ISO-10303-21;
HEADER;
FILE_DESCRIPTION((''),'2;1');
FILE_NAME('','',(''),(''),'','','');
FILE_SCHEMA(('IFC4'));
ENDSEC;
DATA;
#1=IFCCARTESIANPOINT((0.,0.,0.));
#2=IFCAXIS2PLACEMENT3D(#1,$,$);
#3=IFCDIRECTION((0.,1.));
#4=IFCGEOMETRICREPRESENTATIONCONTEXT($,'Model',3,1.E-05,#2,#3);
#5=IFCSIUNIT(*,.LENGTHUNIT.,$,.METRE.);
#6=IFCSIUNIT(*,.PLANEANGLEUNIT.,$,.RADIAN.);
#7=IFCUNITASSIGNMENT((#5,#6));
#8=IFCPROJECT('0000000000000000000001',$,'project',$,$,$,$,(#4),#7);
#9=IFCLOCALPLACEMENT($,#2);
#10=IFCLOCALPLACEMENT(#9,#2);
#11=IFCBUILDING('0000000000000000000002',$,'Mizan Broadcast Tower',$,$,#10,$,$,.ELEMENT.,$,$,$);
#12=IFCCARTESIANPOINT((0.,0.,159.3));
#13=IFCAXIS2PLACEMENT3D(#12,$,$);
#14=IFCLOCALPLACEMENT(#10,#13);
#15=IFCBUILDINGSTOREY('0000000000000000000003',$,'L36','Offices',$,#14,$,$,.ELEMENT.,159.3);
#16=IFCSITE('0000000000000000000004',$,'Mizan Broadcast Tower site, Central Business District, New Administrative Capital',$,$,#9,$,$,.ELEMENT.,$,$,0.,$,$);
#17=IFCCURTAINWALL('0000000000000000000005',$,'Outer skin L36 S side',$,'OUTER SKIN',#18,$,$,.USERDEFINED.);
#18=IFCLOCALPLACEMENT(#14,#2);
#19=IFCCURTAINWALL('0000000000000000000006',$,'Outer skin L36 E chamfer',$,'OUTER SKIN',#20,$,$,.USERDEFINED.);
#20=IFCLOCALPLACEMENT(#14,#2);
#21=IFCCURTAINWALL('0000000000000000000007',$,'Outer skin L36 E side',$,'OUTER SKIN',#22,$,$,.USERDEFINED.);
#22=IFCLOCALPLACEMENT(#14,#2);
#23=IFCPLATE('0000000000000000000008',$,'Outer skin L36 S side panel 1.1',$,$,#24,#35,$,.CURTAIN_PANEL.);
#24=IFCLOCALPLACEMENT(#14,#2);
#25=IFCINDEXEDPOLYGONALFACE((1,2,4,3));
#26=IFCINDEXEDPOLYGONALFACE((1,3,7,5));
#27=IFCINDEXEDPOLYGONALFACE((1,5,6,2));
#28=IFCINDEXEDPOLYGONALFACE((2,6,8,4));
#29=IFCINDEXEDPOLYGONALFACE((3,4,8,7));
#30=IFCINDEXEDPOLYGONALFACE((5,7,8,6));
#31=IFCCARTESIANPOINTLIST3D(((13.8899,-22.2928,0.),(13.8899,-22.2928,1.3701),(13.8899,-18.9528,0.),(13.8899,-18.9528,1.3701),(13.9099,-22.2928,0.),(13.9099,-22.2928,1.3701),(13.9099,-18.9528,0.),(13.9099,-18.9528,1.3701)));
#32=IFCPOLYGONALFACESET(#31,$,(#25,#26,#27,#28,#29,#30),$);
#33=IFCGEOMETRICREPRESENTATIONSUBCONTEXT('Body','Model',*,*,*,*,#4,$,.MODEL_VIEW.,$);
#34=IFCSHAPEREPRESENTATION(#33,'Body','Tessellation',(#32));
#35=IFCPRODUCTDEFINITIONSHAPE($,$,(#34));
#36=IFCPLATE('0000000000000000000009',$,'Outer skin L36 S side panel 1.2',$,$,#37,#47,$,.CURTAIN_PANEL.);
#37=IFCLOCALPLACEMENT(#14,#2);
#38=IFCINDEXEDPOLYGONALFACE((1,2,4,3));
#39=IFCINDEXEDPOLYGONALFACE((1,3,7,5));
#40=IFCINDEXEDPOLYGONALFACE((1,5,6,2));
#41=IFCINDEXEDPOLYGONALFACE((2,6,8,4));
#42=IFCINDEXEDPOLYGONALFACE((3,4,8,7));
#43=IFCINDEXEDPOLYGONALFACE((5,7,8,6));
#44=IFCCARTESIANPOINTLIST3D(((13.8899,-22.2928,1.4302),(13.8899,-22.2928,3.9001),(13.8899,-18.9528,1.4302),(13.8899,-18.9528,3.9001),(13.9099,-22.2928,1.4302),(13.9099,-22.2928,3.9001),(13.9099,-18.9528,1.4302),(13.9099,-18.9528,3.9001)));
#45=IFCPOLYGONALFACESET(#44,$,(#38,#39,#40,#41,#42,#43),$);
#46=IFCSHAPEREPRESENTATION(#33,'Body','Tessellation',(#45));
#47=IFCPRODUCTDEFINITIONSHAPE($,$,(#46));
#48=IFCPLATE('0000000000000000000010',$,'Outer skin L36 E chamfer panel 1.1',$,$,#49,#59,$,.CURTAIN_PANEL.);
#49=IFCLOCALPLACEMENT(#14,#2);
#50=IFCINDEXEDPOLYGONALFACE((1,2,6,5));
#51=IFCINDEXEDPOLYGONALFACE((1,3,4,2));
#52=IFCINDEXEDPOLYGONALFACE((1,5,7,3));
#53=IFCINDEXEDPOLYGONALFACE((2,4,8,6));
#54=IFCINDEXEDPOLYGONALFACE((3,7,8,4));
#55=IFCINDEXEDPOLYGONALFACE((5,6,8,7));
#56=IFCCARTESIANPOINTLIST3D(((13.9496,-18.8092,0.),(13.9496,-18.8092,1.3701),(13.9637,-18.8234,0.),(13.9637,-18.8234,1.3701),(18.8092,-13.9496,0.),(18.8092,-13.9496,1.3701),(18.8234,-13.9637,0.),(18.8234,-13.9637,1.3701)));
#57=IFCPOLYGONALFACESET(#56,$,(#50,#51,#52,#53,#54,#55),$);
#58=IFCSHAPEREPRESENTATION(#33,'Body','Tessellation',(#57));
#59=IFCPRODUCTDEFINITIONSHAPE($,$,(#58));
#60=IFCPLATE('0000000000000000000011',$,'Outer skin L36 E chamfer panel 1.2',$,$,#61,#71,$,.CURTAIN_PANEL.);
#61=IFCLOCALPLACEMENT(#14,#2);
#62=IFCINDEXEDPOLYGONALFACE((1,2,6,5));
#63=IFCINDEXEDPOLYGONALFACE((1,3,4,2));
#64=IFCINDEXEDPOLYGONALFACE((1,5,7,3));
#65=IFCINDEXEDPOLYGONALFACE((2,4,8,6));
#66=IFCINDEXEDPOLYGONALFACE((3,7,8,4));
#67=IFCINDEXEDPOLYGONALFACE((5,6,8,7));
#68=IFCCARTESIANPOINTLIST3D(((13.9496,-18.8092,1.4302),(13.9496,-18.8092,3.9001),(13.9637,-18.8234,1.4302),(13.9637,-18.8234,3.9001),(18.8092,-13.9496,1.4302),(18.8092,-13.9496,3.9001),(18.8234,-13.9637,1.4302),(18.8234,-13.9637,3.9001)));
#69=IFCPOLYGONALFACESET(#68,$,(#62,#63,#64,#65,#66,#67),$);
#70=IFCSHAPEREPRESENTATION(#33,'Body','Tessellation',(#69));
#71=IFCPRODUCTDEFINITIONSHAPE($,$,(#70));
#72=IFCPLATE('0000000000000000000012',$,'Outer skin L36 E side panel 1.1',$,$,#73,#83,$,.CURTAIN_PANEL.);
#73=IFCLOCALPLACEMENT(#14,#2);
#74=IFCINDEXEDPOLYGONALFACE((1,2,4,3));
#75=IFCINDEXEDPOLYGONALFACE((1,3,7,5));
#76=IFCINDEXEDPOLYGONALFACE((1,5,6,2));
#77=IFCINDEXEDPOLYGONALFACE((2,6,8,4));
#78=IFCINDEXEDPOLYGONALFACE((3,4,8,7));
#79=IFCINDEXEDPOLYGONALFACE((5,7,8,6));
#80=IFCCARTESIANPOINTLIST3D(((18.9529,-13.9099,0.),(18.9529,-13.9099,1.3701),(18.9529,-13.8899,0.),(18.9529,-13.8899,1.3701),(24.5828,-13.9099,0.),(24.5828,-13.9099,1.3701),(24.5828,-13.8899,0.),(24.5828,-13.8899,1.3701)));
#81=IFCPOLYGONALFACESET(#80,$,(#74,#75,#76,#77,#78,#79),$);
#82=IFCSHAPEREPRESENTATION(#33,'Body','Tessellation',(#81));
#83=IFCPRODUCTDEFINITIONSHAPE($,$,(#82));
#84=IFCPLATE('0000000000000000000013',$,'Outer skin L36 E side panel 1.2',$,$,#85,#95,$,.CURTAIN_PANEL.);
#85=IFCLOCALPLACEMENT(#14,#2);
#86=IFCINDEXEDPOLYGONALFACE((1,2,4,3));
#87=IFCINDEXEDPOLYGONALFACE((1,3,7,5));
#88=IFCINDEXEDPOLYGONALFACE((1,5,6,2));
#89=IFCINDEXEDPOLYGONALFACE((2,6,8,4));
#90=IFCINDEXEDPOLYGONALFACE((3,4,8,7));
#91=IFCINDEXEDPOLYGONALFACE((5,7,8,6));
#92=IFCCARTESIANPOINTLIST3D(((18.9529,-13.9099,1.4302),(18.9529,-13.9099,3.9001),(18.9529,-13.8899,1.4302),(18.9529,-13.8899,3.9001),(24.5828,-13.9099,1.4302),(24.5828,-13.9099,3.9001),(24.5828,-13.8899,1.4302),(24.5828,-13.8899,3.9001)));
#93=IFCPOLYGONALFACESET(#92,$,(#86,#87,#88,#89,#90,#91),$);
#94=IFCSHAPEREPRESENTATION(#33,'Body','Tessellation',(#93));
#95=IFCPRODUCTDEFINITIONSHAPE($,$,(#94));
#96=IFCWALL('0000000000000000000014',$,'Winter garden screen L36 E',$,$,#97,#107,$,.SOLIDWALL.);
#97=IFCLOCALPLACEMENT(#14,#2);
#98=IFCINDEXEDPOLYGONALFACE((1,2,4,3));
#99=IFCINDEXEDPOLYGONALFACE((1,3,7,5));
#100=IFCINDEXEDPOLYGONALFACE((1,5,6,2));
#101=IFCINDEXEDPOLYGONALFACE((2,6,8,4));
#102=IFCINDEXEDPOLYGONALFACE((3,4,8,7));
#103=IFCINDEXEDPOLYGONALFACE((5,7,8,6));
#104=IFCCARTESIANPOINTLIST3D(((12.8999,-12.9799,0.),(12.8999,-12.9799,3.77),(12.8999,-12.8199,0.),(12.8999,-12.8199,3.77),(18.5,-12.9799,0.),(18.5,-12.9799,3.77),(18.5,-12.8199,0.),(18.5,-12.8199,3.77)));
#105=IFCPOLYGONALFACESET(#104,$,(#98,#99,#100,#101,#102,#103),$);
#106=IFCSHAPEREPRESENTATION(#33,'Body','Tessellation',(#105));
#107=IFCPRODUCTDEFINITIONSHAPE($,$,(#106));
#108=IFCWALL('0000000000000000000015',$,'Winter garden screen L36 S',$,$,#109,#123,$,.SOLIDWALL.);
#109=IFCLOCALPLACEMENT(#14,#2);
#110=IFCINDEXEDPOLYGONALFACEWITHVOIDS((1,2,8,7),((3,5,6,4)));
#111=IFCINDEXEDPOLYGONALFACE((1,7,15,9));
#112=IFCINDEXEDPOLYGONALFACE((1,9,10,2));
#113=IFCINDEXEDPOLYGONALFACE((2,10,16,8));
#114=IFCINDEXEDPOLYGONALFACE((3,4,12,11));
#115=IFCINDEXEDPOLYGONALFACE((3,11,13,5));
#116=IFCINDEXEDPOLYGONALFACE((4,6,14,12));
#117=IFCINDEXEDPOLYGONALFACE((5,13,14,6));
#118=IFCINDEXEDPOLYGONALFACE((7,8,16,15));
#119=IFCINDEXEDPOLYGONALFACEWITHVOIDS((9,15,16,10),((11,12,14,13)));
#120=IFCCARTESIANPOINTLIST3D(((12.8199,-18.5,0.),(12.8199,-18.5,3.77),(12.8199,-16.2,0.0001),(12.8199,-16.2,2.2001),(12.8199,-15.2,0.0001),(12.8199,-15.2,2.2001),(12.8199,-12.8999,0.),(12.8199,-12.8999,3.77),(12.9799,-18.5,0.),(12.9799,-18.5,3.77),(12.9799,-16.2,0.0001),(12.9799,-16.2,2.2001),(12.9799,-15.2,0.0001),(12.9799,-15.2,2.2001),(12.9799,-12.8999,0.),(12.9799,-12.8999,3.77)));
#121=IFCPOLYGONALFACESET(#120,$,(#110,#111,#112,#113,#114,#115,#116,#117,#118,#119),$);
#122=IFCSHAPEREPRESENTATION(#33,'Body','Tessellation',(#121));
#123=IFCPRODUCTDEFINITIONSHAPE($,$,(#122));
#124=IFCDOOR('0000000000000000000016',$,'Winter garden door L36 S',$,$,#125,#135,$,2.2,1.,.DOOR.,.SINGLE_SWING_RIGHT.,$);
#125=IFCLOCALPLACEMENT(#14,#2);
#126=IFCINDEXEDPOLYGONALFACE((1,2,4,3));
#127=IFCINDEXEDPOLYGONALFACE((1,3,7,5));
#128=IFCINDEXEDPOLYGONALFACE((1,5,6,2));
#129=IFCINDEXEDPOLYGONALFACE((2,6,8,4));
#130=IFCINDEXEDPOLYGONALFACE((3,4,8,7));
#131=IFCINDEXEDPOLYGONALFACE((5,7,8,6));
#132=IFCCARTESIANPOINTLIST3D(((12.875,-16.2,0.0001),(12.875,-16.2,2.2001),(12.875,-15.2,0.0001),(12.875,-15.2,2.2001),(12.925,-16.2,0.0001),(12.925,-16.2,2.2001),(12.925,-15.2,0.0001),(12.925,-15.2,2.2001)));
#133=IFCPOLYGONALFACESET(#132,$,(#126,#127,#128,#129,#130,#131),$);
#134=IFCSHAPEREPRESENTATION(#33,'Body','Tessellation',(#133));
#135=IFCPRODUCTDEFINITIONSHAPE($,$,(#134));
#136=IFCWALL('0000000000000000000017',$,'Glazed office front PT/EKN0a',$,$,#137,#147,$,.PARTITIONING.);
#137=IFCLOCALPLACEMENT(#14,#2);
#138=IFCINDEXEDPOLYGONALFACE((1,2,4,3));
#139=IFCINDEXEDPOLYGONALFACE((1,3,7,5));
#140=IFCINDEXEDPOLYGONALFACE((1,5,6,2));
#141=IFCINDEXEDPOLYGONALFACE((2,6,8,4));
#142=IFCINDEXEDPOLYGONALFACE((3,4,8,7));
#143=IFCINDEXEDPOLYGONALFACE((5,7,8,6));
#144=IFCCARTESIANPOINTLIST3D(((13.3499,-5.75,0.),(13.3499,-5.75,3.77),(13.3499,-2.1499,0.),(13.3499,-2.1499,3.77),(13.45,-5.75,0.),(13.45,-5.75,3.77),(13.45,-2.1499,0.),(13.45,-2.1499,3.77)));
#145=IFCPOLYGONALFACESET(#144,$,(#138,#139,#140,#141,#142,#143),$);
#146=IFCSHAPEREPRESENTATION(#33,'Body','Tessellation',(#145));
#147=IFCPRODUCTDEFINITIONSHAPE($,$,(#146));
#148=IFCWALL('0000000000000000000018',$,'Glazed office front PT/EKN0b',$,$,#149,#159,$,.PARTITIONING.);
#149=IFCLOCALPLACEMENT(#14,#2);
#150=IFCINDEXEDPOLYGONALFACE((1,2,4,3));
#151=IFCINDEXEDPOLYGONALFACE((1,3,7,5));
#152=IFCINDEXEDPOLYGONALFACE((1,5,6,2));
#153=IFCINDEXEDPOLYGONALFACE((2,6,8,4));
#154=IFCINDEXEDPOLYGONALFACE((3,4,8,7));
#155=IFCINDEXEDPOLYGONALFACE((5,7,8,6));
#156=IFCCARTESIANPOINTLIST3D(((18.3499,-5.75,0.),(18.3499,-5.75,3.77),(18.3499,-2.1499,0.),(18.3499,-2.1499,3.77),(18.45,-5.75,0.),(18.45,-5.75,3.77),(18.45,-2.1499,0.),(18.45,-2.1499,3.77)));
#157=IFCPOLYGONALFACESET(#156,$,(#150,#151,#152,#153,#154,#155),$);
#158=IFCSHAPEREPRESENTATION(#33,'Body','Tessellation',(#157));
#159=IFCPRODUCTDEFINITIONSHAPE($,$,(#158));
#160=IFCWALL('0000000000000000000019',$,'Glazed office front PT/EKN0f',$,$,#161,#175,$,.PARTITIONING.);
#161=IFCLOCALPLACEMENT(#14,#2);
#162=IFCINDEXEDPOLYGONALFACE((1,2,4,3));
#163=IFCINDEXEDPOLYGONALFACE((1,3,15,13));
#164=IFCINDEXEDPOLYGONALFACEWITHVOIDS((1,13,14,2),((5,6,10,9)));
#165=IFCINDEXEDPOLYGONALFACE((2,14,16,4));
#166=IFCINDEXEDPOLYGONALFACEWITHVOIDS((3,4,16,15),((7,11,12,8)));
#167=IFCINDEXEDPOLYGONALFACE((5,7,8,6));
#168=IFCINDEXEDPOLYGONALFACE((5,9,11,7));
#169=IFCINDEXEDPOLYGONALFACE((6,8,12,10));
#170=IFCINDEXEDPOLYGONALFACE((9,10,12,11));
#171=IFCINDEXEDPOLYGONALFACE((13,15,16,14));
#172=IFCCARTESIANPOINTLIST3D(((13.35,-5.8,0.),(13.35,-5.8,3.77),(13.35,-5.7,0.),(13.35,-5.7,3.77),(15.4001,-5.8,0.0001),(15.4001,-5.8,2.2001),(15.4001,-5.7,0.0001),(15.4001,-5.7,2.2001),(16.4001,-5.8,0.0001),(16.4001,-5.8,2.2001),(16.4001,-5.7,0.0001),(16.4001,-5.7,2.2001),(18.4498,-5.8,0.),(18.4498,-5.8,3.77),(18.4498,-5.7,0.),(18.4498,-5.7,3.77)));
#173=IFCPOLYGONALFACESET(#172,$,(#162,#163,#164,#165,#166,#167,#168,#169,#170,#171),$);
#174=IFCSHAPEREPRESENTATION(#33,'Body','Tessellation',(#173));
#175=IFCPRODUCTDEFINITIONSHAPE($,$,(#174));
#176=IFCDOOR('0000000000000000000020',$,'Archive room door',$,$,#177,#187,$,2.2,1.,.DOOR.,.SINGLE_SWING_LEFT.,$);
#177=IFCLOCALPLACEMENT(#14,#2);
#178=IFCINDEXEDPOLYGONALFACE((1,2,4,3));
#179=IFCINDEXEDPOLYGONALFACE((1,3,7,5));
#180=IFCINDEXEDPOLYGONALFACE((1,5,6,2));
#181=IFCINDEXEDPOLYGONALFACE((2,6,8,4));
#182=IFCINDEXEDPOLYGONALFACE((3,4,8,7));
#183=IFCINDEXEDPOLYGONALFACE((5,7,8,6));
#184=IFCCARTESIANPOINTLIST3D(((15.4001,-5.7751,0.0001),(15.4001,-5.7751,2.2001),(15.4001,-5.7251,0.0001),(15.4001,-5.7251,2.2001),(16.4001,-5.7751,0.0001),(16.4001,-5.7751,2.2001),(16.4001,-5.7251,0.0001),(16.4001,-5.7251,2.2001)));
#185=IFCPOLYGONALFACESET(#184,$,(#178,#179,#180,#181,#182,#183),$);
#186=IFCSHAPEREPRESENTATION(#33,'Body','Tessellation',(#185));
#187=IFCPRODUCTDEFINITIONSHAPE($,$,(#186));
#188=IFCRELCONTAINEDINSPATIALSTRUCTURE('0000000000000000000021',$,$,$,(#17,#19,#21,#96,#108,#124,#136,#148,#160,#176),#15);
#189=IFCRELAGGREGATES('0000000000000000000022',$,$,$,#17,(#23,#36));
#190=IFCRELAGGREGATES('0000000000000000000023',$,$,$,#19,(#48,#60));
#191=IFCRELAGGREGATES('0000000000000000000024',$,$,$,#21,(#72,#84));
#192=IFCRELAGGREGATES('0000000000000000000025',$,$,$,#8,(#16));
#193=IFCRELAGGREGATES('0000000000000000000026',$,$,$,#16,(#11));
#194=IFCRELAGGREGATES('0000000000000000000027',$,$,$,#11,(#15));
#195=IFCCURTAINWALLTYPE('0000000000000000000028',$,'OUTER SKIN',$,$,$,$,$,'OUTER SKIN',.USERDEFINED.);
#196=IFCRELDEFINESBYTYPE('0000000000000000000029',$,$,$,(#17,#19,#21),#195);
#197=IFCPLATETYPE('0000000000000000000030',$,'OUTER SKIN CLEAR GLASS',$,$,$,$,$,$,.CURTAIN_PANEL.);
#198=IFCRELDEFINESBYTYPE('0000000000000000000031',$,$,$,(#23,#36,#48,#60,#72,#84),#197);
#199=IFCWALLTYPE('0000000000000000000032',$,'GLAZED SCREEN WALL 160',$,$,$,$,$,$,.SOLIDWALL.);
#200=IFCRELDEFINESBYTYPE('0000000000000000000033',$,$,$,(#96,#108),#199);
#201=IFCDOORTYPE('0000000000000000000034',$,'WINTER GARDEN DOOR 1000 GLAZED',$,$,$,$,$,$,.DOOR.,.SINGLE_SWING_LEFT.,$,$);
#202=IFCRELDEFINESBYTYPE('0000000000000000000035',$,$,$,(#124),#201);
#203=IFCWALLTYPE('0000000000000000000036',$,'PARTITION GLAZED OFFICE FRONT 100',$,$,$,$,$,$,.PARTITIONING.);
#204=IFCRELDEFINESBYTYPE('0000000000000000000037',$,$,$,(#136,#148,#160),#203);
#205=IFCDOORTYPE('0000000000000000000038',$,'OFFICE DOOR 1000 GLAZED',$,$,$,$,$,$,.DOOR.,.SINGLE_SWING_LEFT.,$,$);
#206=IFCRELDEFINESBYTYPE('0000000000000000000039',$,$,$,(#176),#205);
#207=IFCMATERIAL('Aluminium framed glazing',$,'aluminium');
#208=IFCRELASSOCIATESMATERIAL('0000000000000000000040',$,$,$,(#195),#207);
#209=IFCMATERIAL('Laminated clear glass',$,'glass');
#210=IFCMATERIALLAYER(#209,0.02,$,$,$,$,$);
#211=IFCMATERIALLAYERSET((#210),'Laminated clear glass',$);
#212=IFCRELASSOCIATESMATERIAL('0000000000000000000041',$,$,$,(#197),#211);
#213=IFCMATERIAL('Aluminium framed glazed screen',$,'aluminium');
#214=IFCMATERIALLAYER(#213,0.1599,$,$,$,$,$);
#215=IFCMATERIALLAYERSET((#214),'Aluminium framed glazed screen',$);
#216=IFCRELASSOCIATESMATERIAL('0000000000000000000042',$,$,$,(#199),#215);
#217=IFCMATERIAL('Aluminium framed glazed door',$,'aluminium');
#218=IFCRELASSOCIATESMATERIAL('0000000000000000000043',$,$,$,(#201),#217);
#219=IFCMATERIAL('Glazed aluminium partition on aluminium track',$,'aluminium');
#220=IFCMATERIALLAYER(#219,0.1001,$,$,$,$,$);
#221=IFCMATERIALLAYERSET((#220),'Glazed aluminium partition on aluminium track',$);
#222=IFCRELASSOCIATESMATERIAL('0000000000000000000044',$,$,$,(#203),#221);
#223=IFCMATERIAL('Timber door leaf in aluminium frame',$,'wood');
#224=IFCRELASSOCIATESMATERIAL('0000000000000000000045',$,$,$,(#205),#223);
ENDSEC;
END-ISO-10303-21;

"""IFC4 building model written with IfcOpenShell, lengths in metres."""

from ifc_helpers import new_model, si_unit, direction, frame, frame_2d, origin, origin_2d, place, context, subcontext, project, spatial, rectangle, extrude, material, layer, layer_set, type_object, element, fill, aggregate, save


model = new_model("IFC4")

# Units and contexts
model_context = context("Model", 3, precision=1e-05, world=origin(), true_north=direction((0.0, 1.0)))
body_context = subcontext(model_context, "Body", "Model", "MODEL_VIEW")
ifc_project = project(units=[si_unit("LENGTHUNIT", "METRE"), si_unit("PLANEANGLEUNIT", "RADIAN")], contexts=[model_context])

# Site, building, storey
site_placement = place(None, origin())
site = spatial("IfcSite", under=ifc_project, at=site_placement, Name="Mizan Broadcast Tower site, Central Business District, New Administrative Capital", CompositionType="ELEMENT", RefElevation=0.0)
building_placement = place(site_placement, origin())
building = spatial("IfcBuilding", under=site, at=building_placement, Name="Mizan Broadcast Tower", CompositionType="ELEMENT")
storey_placement = place(building_placement, frame((0.0, 0.0, 159.3)))
storey = spatial("IfcBuildingStorey", under=building, at=storey_placement, Name="L36", Description="Offices", CompositionType="ELEMENT", Elevation=159.3)

# Curtain walls
ifc_material_1 = material(Name="Aluminium framed glazing", Category="aluminium")
curtain_wall_type_1 = type_object("IfcCurtainWallType", Name="OUTER SKIN", ElementType="OUTER SKIN", PredefinedType="USERDEFINED", material=ifc_material_1)
curtain_wall_1_placement = place(storey_placement, origin())
curtain_wall_1 = element("IfcCurtainWall", 1, at=curtain_wall_1_placement, inside=storey, type_object=curtain_wall_type_1, Name="Outer skin L36 S side", ObjectType="OUTER SKIN", PredefinedType="USERDEFINED")
curtain_wall_2_placement = place(storey_placement, origin())
curtain_wall_2 = element("IfcCurtainWall", 2, at=curtain_wall_2_placement, inside=storey, type_object=curtain_wall_type_1, Name="Outer skin L36 E chamfer", ObjectType="OUTER SKIN", PredefinedType="USERDEFINED")
curtain_wall_3_placement = place(storey_placement, origin())
curtain_wall_3 = element("IfcCurtainWall", 3, at=curtain_wall_3_placement, inside=storey, type_object=curtain_wall_type_1, Name="Outer skin L36 E side", ObjectType="OUTER SKIN", PredefinedType="USERDEFINED")

# Plates
ifc_material_2 = material(Name="Laminated clear glass", Category="glass")
ifc_layer_1 = layer(ifc_material_2, 0.02)
ifc_layer_set_1 = layer_set([ifc_layer_1], Name="Laminated clear glass")
plate_type_1 = type_object("IfcPlateType", Name="OUTER SKIN CLEAR GLASS", PredefinedType="CURTAIN_PANEL", material=ifc_layer_set_1)
plate_1_placement = place(storey_placement, frame((13.8999, -20.6228, 0.0), z_axis=(0.0, 0.0, 1.0), x_axis=(0.0, 1.0, 0.0)))
plate_1 = element("IfcPlate", 4, at=plate_1_placement, type_object=plate_type_1, Name="Outer skin L36 S side panel 1.1", PredefinedType="CURTAIN_PANEL", context=body_context, shape_type="SweptSolid", body=[
    extrude(rectangle(XDim=3.3401, YDim=0.02, at=origin_2d()), origin(), (0.0, 0.0, 1.0), 1.3701),
])
plate_2_placement = place(storey_placement, frame((13.8999, -20.6228, 1.4302), z_axis=(0.0, 0.0, 1.0), x_axis=(0.0, 1.0, 0.0)))
plate_2 = element("IfcPlate", 5, at=plate_2_placement, type_object=plate_type_1, Name="Outer skin L36 S side panel 1.2", PredefinedType="CURTAIN_PANEL", context=body_context, shape_type="SweptSolid", body=[
    extrude(rectangle(XDim=3.3401, YDim=0.02, at=origin_2d()), origin(), (0.0, 0.0, 1.0), 2.47),
])
aggregate(curtain_wall_1, [plate_1, plate_2])
plate_3_placement = place(storey_placement, frame((16.3865, -16.3865, 0.0), z_axis=(0.0, 0.0, 1.0), x_axis=(0.707107, 0.707107, 0.0)))
plate_3 = element("IfcPlate", 6, at=plate_3_placement, type_object=plate_type_1, Name="Outer skin L36 E chamfer panel 1.1", PredefinedType="CURTAIN_PANEL", context=body_context, shape_type="SweptSolid", body=[
    extrude(rectangle(XDim=6.8726, YDim=0.02, at=origin_2d()), origin(), (0.0, 0.0, 1.0), 1.3701),
])
plate_4_placement = place(storey_placement, frame((16.3865, -16.3865, 1.4302), z_axis=(0.0, 0.0, 1.0), x_axis=(0.707107, 0.707107, 0.0)))
plate_4 = element("IfcPlate", 7, at=plate_4_placement, type_object=plate_type_1, Name="Outer skin L36 E chamfer panel 1.2", PredefinedType="CURTAIN_PANEL", context=body_context, shape_type="SweptSolid", body=[
    extrude(rectangle(XDim=6.8726, YDim=0.02, at=origin_2d()), origin(), (0.0, 0.0, 1.0), 2.47),
])
aggregate(curtain_wall_2, [plate_3, plate_4])
plate_5_placement = place(storey_placement, frame((21.7678, -13.8999, 0.0), z_axis=(0.0, 0.0, 1.0), x_axis=(1.0, 0.0, 0.0)))
plate_5 = element("IfcPlate", 8, at=plate_5_placement, type_object=plate_type_1, Name="Outer skin L36 E side panel 1.1", PredefinedType="CURTAIN_PANEL", context=body_context, shape_type="SweptSolid", body=[
    extrude(rectangle(XDim=5.6299, YDim=0.02, at=origin_2d()), origin(), (0.0, 0.0, 1.0), 1.3701),
])
plate_6_placement = place(storey_placement, frame((21.7678, -13.8999, 1.4302), z_axis=(0.0, 0.0, 1.0), x_axis=(1.0, 0.0, 0.0)))
plate_6 = element("IfcPlate", 9, at=plate_6_placement, type_object=plate_type_1, Name="Outer skin L36 E side panel 1.2", PredefinedType="CURTAIN_PANEL", context=body_context, shape_type="SweptSolid", body=[
    extrude(rectangle(XDim=5.6299, YDim=0.02, at=origin_2d()), origin(), (0.0, 0.0, 1.0), 2.47),
])
aggregate(curtain_wall_3, [plate_5, plate_6])

# Wall
ifc_material_3 = material(Name="Aluminium framed glazed screen", Category="aluminium")
ifc_layer_2 = layer(ifc_material_3, 0.1599)
ifc_layer_set_2 = layer_set([ifc_layer_2], Name="Aluminium framed glazed screen")
wall_type_1 = type_object("IfcWallType", Name="GLAZED SCREEN WALL 160", PredefinedType="SOLIDWALL", material=ifc_layer_set_2)
wall_1_placement = place(storey_placement, frame((12.8999, -12.8999, 0.0), z_axis=(0.0, 0.0, 1.0), x_axis=(1.0, 0.0, 0.0)))
element("IfcWall", 10, at=wall_1_placement, inside=storey, type_object=wall_type_1, Name="Winter garden screen L36 E", PredefinedType="SOLIDWALL", context=body_context, shape_type="SweptSolid", body=[
    extrude(rectangle(XDim=5.6001, YDim=0.1599, at=frame_2d((2.8, 0.0))), origin(), (0.0, 0.0, 1.0), 3.77),
])

# Wall, opening, door
wall_2_placement = place(storey_placement, frame((12.8999, -18.5, 0.0), z_axis=(0.0, 0.0, 1.0), x_axis=(0.0, 1.0, 0.0)))
wall_2 = element("IfcWall", 11, at=wall_2_placement, inside=storey, type_object=wall_type_1, Name="Winter garden screen L36 S", PredefinedType="SOLIDWALL", context=body_context, shape_type="SweptSolid", body=[
    extrude(rectangle(XDim=5.6001, YDim=0.1599, at=frame_2d((2.8, 0.0))), origin(), (0.0, 0.0, 1.0), 3.77),
])
opening_1_placement = place(wall_2_placement, frame((2.3, 0.0, 0.0)))
opening_1 = element("IfcOpeningElement", 12, at=opening_1_placement, cuts=wall_2, PredefinedType="OPENING", context=body_context, shape_type="SweptSolid", body=[
    extrude(rectangle(XDim=1.0, YDim=2.2, at=frame_2d((0.5, 1.1001))), frame((0.0, 0.0898, 0.0), z_axis=(0.0, -1.0, 0.0), x_axis=(1.0, 0.0, 0.0)), (0.0, 0.0, 1.0), 0.1799),
])
ifc_material_4 = material(Name="Aluminium framed glazed door", Category="aluminium")
door_type_1 = type_object("IfcDoorType", Name="WINTER GARDEN DOOR 1000 GLAZED", OperationType="SINGLE_SWING_LEFT", PredefinedType="DOOR", material=ifc_material_4)
door_1_placement = place(opening_1_placement, origin())
door_1 = element("IfcDoor", 13, at=door_1_placement, inside=storey, type_object=door_type_1, Name="Winter garden door L36 S", OperationType="SINGLE_SWING_RIGHT", OverallHeight=2.2, OverallWidth=1.0, PredefinedType="DOOR", context=body_context, shape_type="SweptSolid", body=[
    extrude(rectangle(XDim=1.0, YDim=2.2, at=frame_2d((0.5, 1.1001))), frame((0.0, 0.0249, 0.0), z_axis=(0.0, -1.0, 0.0), x_axis=(1.0, 0.0, 0.0)), (0.0, 0.0, 1.0), 0.05),
])
fill(opening_1, door_1)

# Walls
ifc_material_5 = material(Name="Glazed aluminium partition on aluminium track", Category="aluminium")
ifc_layer_3 = layer(ifc_material_5, 0.1001)
ifc_layer_set_3 = layer_set([ifc_layer_3], Name="Glazed aluminium partition on aluminium track")
wall_type_2 = type_object("IfcWallType", Name="PARTITION GLAZED OFFICE FRONT 100", PredefinedType="PARTITIONING", material=ifc_layer_set_3)
for number, where, z_axis, x_axis, name in (
    (14, (13.3999, -2.1499, 0.0), (0.0, 0.0, 1.0), (0.0, -1.0, 0.0), "Glazed office front PT/EKN0a"),
    (15, (18.3999, -2.1499, 0.0), (0.0, 0.0, 1.0), (0.0, -1.0, 0.0), "Glazed office front PT/EKN0b"),
):
    element("IfcWall", number, at=place(storey_placement, frame(where, z_axis=z_axis, x_axis=x_axis)), inside=storey, type_object=wall_type_2, Name=name, PredefinedType="PARTITIONING", context=body_context, shape_type="SweptSolid", body=[
        extrude(rectangle(XDim=3.6001, YDim=0.1001, at=frame_2d((1.8, 0.0))), origin(), (0.0, 0.0, 1.0), 3.77),
    ])

# Wall, opening, door
wall_3_placement = place(storey_placement, frame((13.3501, -5.75, 0.0), z_axis=(0.0, 0.0, 1.0), x_axis=(1.0, 0.0, 0.0)))
wall_3 = element("IfcWall", 16, at=wall_3_placement, inside=storey, type_object=wall_type_2, Name="Glazed office front PT/EKN0f", PredefinedType="PARTITIONING", context=body_context, shape_type="SweptSolid", body=[
    extrude(rectangle(XDim=5.0999, YDim=0.1001, at=frame_2d((2.5498, 0.0))), origin(), (0.0, 0.0, 1.0), 3.77),
])
opening_2_placement = place(wall_3_placement, frame((2.05, 0.0, 0.0)))
opening_2 = element("IfcOpeningElement", 17, at=opening_2_placement, cuts=wall_3, PredefinedType="OPENING", context=body_context, shape_type="SweptSolid", body=[
    extrude(rectangle(XDim=1.0, YDim=2.2, at=frame_2d((0.5, 1.1001))), frame((0.0, 0.0601, 0.0), z_axis=(0.0, -1.0, 0.0), x_axis=(1.0, 0.0, 0.0)), (0.0, 0.0, 1.0), 0.1201),
])
ifc_material_6 = material(Name="Timber door leaf in aluminium frame", Category="wood")
door_type_2 = type_object("IfcDoorType", Name="OFFICE DOOR 1000 GLAZED", OperationType="SINGLE_SWING_LEFT", PredefinedType="DOOR", material=ifc_material_6)
door_2_placement = place(opening_2_placement, origin())
door_2 = element("IfcDoor", 18, at=door_2_placement, inside=storey, type_object=door_type_2, Name="Archive room door", OperationType="SINGLE_SWING_LEFT", OverallHeight=2.2, OverallWidth=1.0, PredefinedType="DOOR", context=body_context, shape_type="SweptSolid", body=[
    extrude(rectangle(XDim=1.0, YDim=2.2, at=frame_2d((0.5, 1.1001))), frame((0.0, 0.0249, 0.0), z_axis=(0.0, -1.0, 0.0), x_axis=(1.0, 0.0, 0.0)), (0.0, 0.0, 1.0), 0.05),
])
fill(opening_2, door_2)

save(model, "model.ifc")
